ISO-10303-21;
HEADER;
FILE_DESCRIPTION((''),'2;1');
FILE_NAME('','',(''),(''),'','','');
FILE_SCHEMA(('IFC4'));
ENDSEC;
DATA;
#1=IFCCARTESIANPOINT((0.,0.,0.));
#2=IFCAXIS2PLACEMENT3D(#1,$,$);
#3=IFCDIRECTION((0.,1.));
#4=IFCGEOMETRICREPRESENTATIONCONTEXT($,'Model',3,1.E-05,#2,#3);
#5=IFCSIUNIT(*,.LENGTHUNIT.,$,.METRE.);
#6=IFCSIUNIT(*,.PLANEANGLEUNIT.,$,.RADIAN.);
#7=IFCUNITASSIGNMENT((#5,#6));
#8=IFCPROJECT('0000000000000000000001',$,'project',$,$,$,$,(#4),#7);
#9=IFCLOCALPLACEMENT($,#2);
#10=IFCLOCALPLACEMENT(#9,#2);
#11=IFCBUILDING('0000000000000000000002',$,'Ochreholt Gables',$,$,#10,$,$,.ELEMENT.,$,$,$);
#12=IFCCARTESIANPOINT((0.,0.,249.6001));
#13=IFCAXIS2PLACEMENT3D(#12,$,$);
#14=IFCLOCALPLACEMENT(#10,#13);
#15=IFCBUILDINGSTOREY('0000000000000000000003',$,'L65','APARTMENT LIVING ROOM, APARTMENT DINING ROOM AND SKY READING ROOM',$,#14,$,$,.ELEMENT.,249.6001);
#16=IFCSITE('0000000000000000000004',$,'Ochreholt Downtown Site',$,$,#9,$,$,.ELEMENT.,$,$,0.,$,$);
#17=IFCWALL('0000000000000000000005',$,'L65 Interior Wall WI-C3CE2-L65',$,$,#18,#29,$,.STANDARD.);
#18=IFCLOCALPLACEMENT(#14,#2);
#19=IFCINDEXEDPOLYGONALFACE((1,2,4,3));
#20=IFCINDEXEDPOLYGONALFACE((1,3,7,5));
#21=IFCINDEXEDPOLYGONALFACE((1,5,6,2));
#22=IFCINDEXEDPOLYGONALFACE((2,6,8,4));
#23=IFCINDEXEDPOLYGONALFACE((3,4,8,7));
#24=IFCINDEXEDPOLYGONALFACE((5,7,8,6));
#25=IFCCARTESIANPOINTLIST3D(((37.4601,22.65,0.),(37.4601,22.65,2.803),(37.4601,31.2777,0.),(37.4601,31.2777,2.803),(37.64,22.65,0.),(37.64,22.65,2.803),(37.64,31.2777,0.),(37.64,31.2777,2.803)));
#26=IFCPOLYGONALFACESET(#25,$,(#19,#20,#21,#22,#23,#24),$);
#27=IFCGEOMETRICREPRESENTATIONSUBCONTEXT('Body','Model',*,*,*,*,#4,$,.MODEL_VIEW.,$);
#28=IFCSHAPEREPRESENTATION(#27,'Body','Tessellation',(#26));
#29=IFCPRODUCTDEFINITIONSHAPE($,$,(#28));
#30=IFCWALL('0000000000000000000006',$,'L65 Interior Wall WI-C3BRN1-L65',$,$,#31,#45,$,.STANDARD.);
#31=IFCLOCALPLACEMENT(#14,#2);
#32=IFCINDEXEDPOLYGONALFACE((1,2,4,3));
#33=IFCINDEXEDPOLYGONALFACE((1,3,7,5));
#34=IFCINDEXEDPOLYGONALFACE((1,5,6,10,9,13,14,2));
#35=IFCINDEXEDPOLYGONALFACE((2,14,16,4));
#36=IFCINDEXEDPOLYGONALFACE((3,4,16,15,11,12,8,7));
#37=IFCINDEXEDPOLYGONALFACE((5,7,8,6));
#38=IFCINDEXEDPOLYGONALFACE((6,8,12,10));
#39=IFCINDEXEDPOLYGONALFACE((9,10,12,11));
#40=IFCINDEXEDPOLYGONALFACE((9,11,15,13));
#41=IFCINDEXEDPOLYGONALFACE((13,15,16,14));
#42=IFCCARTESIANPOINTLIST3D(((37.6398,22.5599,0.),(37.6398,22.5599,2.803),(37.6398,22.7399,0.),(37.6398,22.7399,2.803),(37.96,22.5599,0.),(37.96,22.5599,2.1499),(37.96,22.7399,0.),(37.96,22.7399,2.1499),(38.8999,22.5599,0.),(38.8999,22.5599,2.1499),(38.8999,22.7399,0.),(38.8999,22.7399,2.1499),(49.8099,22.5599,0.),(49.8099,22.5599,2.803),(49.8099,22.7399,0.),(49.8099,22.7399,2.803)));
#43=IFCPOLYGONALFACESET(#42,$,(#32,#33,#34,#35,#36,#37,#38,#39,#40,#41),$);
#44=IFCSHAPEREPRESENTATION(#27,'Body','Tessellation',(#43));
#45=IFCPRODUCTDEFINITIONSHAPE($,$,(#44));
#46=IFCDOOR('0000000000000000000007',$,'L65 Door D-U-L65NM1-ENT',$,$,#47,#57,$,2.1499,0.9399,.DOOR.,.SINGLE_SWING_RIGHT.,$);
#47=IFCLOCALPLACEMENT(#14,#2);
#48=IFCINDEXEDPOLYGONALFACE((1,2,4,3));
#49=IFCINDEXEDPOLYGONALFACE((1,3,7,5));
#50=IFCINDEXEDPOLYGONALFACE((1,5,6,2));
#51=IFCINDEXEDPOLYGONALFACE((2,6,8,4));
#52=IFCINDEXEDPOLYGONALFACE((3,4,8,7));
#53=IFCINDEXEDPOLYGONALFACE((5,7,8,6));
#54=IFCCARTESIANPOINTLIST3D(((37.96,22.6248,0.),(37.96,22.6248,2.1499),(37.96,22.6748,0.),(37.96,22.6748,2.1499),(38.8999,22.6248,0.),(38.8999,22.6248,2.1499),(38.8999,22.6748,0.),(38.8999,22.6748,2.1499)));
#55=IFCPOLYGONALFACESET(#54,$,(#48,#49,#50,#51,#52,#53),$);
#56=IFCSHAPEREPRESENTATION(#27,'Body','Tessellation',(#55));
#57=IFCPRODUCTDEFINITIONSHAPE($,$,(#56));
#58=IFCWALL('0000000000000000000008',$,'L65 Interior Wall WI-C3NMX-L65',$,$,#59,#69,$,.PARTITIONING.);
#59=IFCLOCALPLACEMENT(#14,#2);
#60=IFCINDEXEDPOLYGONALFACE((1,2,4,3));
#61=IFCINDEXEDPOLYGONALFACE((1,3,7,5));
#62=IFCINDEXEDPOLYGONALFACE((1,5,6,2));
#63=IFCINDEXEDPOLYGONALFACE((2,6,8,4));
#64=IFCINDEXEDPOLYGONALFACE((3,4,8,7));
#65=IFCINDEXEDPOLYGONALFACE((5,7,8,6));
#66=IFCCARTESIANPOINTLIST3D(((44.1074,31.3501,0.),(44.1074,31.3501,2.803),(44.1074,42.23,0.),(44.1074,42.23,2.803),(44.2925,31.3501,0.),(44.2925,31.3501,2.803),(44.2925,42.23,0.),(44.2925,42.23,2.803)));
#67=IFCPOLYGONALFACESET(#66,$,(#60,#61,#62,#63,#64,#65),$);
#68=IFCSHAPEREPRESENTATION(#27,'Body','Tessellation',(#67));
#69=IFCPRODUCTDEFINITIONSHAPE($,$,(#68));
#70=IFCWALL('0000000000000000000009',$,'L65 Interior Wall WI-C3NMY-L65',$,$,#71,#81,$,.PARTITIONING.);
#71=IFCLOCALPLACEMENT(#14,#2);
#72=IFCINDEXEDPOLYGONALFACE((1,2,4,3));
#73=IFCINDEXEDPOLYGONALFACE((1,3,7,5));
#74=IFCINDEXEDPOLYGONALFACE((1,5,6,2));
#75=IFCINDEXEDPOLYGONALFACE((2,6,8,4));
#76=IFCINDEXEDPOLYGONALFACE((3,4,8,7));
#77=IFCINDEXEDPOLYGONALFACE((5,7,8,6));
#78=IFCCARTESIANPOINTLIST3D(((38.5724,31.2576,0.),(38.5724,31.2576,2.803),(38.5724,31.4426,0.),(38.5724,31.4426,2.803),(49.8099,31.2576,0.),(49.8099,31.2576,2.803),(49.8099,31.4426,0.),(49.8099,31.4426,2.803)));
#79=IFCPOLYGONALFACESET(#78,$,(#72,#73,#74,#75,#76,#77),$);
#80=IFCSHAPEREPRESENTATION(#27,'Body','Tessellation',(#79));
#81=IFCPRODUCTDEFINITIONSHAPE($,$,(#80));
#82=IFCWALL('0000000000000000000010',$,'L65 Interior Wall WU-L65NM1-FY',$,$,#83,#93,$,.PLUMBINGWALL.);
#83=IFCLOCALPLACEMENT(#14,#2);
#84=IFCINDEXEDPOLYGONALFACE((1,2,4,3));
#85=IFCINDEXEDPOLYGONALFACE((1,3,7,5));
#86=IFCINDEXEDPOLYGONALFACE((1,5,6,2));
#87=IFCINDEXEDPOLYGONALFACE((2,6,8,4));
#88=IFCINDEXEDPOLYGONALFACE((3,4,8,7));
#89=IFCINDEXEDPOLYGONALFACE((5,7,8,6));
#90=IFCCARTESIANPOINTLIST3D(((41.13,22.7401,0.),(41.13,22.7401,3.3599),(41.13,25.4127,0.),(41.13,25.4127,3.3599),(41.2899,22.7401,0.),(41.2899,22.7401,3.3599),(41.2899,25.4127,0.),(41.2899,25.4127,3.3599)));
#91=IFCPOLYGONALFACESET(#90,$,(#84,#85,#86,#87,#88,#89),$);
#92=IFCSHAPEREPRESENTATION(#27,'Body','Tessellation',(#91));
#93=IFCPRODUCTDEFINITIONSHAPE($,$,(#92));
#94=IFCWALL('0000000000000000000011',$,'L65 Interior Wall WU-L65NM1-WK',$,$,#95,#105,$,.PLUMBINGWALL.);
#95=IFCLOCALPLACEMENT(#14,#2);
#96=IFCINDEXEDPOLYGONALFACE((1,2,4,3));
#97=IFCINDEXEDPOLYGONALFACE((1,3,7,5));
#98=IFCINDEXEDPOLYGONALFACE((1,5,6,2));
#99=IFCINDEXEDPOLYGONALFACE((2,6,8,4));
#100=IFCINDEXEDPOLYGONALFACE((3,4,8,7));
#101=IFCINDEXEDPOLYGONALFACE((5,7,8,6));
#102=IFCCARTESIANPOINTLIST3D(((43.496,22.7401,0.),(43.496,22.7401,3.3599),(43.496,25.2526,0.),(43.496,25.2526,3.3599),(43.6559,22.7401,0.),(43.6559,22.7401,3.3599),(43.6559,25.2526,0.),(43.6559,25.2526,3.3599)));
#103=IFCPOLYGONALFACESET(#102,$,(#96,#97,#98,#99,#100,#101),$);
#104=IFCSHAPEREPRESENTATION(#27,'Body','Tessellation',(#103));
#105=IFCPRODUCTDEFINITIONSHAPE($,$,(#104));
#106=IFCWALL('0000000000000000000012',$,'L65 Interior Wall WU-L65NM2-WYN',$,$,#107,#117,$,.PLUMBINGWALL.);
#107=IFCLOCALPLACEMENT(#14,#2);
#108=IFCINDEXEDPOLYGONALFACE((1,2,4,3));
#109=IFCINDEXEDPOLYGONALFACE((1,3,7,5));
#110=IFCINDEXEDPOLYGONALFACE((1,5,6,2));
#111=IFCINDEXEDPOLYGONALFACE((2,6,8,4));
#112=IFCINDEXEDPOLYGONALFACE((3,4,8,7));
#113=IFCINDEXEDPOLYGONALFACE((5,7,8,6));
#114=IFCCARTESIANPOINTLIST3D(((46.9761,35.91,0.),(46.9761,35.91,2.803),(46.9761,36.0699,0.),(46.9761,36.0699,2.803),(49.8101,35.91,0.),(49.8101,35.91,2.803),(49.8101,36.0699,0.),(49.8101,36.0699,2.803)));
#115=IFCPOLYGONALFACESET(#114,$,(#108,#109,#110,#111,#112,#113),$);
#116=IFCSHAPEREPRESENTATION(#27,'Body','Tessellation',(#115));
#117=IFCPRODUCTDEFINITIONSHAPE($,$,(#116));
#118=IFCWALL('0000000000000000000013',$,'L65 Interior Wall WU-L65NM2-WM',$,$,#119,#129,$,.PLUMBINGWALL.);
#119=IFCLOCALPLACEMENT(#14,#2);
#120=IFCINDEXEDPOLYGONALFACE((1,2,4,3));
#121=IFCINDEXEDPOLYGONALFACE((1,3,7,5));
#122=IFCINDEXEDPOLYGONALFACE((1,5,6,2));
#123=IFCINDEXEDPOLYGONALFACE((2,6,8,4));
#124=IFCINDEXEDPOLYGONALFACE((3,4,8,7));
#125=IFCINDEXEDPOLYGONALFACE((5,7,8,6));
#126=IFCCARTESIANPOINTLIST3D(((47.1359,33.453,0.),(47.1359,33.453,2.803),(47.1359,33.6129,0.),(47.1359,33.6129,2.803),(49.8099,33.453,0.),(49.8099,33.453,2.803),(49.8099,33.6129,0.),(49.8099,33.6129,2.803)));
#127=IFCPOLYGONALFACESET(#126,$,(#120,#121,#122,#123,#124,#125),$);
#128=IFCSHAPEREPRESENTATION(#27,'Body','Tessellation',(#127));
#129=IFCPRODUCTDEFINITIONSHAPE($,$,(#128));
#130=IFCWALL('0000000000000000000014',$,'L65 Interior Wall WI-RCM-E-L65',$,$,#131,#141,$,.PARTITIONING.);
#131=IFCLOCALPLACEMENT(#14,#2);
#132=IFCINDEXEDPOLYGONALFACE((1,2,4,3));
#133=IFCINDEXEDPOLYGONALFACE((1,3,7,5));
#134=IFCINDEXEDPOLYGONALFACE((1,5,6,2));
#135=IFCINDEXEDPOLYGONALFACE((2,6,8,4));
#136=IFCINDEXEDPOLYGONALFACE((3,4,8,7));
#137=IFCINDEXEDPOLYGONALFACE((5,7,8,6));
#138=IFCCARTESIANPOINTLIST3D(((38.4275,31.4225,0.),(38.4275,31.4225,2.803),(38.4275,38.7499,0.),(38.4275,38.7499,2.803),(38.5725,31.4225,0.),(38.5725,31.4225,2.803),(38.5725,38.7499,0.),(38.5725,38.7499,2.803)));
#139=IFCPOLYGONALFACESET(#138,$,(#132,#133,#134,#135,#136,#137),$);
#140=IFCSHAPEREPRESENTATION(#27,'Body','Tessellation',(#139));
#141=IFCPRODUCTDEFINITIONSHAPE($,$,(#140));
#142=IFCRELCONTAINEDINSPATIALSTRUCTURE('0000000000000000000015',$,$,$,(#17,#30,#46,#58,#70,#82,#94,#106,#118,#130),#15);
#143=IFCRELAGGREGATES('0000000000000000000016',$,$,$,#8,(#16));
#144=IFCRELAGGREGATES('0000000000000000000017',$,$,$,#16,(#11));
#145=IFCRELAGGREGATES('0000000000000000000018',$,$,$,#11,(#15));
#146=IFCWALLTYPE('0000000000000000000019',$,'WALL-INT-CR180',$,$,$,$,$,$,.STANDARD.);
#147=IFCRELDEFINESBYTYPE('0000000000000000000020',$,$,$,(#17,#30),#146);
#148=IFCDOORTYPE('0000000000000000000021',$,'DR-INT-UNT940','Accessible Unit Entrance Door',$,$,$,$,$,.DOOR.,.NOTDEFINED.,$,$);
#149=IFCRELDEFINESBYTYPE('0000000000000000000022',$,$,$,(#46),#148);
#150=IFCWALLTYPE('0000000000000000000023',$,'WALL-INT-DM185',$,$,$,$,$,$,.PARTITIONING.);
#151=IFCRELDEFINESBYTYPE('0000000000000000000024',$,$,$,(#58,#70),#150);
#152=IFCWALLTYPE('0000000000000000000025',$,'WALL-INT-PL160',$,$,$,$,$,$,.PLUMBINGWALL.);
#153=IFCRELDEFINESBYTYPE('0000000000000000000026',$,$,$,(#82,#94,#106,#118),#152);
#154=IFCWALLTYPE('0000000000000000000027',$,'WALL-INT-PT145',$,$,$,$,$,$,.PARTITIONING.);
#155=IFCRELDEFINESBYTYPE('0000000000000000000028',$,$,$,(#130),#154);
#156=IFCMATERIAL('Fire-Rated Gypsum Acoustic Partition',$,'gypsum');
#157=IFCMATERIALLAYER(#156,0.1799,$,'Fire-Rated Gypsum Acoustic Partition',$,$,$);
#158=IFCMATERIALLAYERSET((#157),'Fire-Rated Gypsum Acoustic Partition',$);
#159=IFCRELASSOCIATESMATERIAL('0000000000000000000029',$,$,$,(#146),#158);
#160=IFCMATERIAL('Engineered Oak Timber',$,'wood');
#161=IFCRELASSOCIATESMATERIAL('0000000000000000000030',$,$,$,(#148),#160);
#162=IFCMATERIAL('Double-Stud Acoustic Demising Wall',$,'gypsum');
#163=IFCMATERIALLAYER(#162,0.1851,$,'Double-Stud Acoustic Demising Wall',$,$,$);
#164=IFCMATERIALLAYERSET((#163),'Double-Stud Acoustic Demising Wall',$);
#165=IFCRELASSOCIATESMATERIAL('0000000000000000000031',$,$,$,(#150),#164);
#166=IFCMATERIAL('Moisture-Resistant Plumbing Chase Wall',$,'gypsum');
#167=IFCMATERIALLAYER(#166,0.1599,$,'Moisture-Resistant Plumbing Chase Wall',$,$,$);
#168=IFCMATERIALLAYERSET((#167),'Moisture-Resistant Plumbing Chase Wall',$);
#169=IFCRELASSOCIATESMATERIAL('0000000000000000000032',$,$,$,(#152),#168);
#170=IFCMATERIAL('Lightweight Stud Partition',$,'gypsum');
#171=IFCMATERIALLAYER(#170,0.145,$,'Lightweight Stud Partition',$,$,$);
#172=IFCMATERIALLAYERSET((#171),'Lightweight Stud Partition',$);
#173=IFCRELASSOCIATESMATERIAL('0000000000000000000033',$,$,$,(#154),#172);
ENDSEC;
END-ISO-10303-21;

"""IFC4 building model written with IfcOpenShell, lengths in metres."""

from ifc_helpers import new_model, si_unit, direction, frame, frame_2d, origin, place, context, subcontext, project, spatial, rectangle, extrude, material, layer, layer_set, type_object, element, fill, save


model = new_model("IFC4")

# Units and contexts
model_context = context("Model", 3, precision=1e-05, world=origin(), true_north=direction((0.0, 1.0)))
body_context = subcontext(model_context, "Body", "Model", "MODEL_VIEW")
ifc_project = project(units=[si_unit("LENGTHUNIT", "METRE"), si_unit("PLANEANGLEUNIT", "RADIAN")], contexts=[model_context])

# Site, building, storey
site_placement = place(None, origin())
site = spatial("IfcSite", under=ifc_project, at=site_placement, Name="Ochreholt Downtown Site", CompositionType="ELEMENT", RefElevation=0.0)
building_placement = place(site_placement, origin())
building = spatial("IfcBuilding", under=site, at=building_placement, Name="Ochreholt Gables", CompositionType="ELEMENT")
storey_placement = place(building_placement, frame((0.0, 0.0, 249.6001)))
storey = spatial("IfcBuildingStorey", under=building, at=storey_placement, Name="L65", Description="APARTMENT LIVING ROOM, APARTMENT DINING ROOM AND SKY READING ROOM", CompositionType="ELEMENT", Elevation=249.6001)

# Wall
ifc_material_1 = material(Name="Fire-Rated Gypsum Acoustic Partition", Category="gypsum")
ifc_layer_1 = layer(ifc_material_1, 0.1799, Name="Fire-Rated Gypsum Acoustic Partition")
ifc_layer_set_1 = layer_set([ifc_layer_1], Name="Fire-Rated Gypsum Acoustic Partition")
wall_type_1 = type_object("IfcWallType", Name="WALL-INT-CR180", PredefinedType="STANDARD", material=ifc_layer_set_1)
wall_1_placement = place(storey_placement, frame((37.55, 22.6499, 0.0), z_axis=(0.0, 0.0, 1.0), x_axis=(0.0, 1.0, 0.0)))
element("IfcWall", 1, at=wall_1_placement, inside=storey, type_object=wall_type_1, Name="L65 Interior Wall WI-C3CE2-L65", PredefinedType="STANDARD", context=body_context, shape_type="SweptSolid", body=[
    extrude(rectangle(XDim=8.6277, YDim=0.1799, at=frame_2d((4.314, 0.0))), origin(), (0.0, 0.0, 1.0), 2.803),
])

# Wall, opening, door
wall_2_placement = place(storey_placement, frame((37.6399, 22.6499, 0.0), z_axis=(0.0, 0.0, 1.0), x_axis=(1.0, 0.0, 0.0)))
wall_2 = element("IfcWall", 2, at=wall_2_placement, inside=storey, type_object=wall_type_1, Name="L65 Interior Wall WI-C3BRN1-L65", PredefinedType="STANDARD", context=body_context, shape_type="SweptSolid", body=[
    extrude(rectangle(XDim=12.1702, YDim=0.1799, at=frame_2d((6.085, 0.0))), origin(), (0.0, 0.0, 1.0), 2.803),
])
opening_1_placement = place(wall_2_placement, frame((0.3201, 0.0, 0.0)))
opening_1 = element("IfcOpeningElement", 3, at=opening_1_placement, cuts=wall_2, PredefinedType="OPENING", context=body_context, shape_type="SweptSolid", body=[
    extrude(rectangle(XDim=0.9399, YDim=2.1499, at=frame_2d((0.47, 1.075))), frame((0.0, 0.0999, 0.0), z_axis=(0.0, -1.0, 0.0), x_axis=(1.0, 0.0, 0.0)), (0.0, 0.0, 1.0), 0.2),
])
ifc_material_2 = material(Name="Engineered Oak Timber", Category="wood")
door_type_1 = type_object("IfcDoorType", Name="DR-INT-UNT940", Description="Accessible Unit Entrance Door", OperationType="NOTDEFINED", PredefinedType="DOOR", material=ifc_material_2)
door_1_placement = place(opening_1_placement, origin())
door_1 = element("IfcDoor", 4, at=door_1_placement, inside=storey, type_object=door_type_1, Name="L65 Door D-U-L65NM1-ENT", OperationType="SINGLE_SWING_RIGHT", OverallHeight=2.1499, OverallWidth=0.9399, PredefinedType="DOOR", context=body_context, shape_type="SweptSolid", body=[
    extrude(rectangle(XDim=0.9399, YDim=2.1499, at=frame_2d((0.47, 1.075))), frame((0.0, 0.0249, 0.0), z_axis=(0.0, -1.0, 0.0), x_axis=(1.0, 0.0, 0.0)), (0.0, 0.0, 1.0), 0.05),
])
fill(opening_1, door_1)

# Walls
ifc_material_3 = material(Name="Double-Stud Acoustic Demising Wall", Category="gypsum")
ifc_layer_2 = layer(ifc_material_3, 0.1851, Name="Double-Stud Acoustic Demising Wall")
ifc_layer_set_2 = layer_set([ifc_layer_2], Name="Double-Stud Acoustic Demising Wall")
wall_type_2 = type_object("IfcWallType", Name="WALL-INT-DM185", PredefinedType="PARTITIONING", material=ifc_layer_set_2)
wall_3_placement = place(storey_placement, frame((44.2, 31.3501, 0.0), z_axis=(0.0, 0.0, 1.0), x_axis=(0.0, 1.0, 0.0)))
element("IfcWall", 5, at=wall_3_placement, inside=storey, type_object=wall_type_2, Name="L65 Interior Wall WI-C3NMX-L65", PredefinedType="PARTITIONING", context=body_context, shape_type="SweptSolid", body=[
    extrude(rectangle(XDim=10.8799, YDim=0.1851, at=frame_2d((5.4399, 0.0))), origin(), (0.0, 0.0, 1.0), 2.803),
])
wall_4_placement = place(storey_placement, frame((38.5725, 31.3501, 0.0), z_axis=(0.0, 0.0, 1.0), x_axis=(1.0, 0.0, 0.0)))
element("IfcWall", 6, at=wall_4_placement, inside=storey, type_object=wall_type_2, Name="L65 Interior Wall WI-C3NMY-L65", PredefinedType="PARTITIONING", context=body_context, shape_type="SweptSolid", body=[
    extrude(rectangle(XDim=11.2375, YDim=0.1851, at=frame_2d((5.6187, 0.0))), origin(), (0.0, 0.0, 1.0), 2.803),
])

# Shared definitions
ifc_material_4 = material(Name="Moisture-Resistant Plumbing Chase Wall", Category="gypsum")
ifc_layer_3 = layer(ifc_material_4, 0.1599, Name="Moisture-Resistant Plumbing Chase Wall")
ifc_layer_set_3 = layer_set([ifc_layer_3], Name="Moisture-Resistant Plumbing Chase Wall")
wall_type_3 = type_object("IfcWallType", Name="WALL-INT-PL160", PredefinedType="PLUMBINGWALL", material=ifc_layer_set_3)

# Walls
wall_5_placement = place(storey_placement, frame((41.21, 22.74, 0.0), z_axis=(0.0, 0.0, 1.0), x_axis=(0.0, 1.0, 0.0)))
element("IfcWall", 7, at=wall_5_placement, inside=storey, type_object=wall_type_3, Name="L65 Interior Wall WU-L65NM1-FY", PredefinedType="PLUMBINGWALL", context=body_context, shape_type="SweptSolid", body=[
    extrude(rectangle(XDim=2.6726, YDim=0.1599, at=frame_2d((1.3364, 0.0))), origin(), (0.0, 0.0, 1.0), 3.3599),
])
wall_6_placement = place(storey_placement, frame((43.5759, 22.74, 0.0), z_axis=(0.0, 0.0, 1.0), x_axis=(0.0, 1.0, 0.0)))
element("IfcWall", 8, at=wall_6_placement, inside=storey, type_object=wall_type_3, Name="L65 Interior Wall WU-L65NM1-WK", PredefinedType="PLUMBINGWALL", context=body_context, shape_type="SweptSolid", body=[
    extrude(rectangle(XDim=2.5125, YDim=0.1599, at=frame_2d((1.2563, 0.0))), origin(), (0.0, 0.0, 1.0), 3.3599),
])
wall_7_placement = place(storey_placement, frame((46.9761, 35.99, 0.0), z_axis=(0.0, 0.0, 1.0), x_axis=(1.0, 0.0, 0.0)))
element("IfcWall", 9, at=wall_7_placement, inside=storey, type_object=wall_type_3, Name="L65 Interior Wall WU-L65NM2-WYN", PredefinedType="PLUMBINGWALL", context=body_context, shape_type="SweptSolid", body=[
    extrude(rectangle(XDim=2.834, YDim=0.1599, at=frame_2d((1.417, 0.0))), origin(), (0.0, 0.0, 1.0), 2.803),
])

# Walls
wall_8_placement = place(storey_placement, frame((47.136, 33.533, 0.0), z_axis=(0.0, 0.0, 1.0), x_axis=(1.0, 0.0, 0.0)))
element("IfcWall", 10, at=wall_8_placement, inside=storey, type_object=wall_type_3, Name="L65 Interior Wall WU-L65NM2-WM", PredefinedType="PLUMBINGWALL", context=body_context, shape_type="SweptSolid", body=[
    extrude(rectangle(XDim=2.6741, YDim=0.1599, at=frame_2d((1.3369, 0.0))), origin(), (0.0, 0.0, 1.0), 2.803),
])
ifc_material_5 = material(Name="Lightweight Stud Partition", Category="gypsum")
ifc_layer_4 = layer(ifc_material_5, 0.145, Name="Lightweight Stud Partition")
ifc_layer_set_4 = layer_set([ifc_layer_4], Name="Lightweight Stud Partition")
wall_type_4 = type_object("IfcWallType", Name="WALL-INT-PT145", PredefinedType="PARTITIONING", material=ifc_layer_set_4)
wall_9_placement = place(storey_placement, frame((38.5, 31.4226, 0.0), z_axis=(0.0, 0.0, 1.0), x_axis=(0.0, 1.0, 0.0)))
element("IfcWall", 11, at=wall_9_placement, inside=storey, type_object=wall_type_4, Name="L65 Interior Wall WI-RCM-E-L65", PredefinedType="PARTITIONING", context=body_context, shape_type="SweptSolid", body=[
    extrude(rectangle(XDim=7.3274, YDim=0.145, at=frame_2d((3.6636, 0.0))), origin(), (0.0, 0.0, 1.0), 2.803),
])

save(model, "model.ifc")
